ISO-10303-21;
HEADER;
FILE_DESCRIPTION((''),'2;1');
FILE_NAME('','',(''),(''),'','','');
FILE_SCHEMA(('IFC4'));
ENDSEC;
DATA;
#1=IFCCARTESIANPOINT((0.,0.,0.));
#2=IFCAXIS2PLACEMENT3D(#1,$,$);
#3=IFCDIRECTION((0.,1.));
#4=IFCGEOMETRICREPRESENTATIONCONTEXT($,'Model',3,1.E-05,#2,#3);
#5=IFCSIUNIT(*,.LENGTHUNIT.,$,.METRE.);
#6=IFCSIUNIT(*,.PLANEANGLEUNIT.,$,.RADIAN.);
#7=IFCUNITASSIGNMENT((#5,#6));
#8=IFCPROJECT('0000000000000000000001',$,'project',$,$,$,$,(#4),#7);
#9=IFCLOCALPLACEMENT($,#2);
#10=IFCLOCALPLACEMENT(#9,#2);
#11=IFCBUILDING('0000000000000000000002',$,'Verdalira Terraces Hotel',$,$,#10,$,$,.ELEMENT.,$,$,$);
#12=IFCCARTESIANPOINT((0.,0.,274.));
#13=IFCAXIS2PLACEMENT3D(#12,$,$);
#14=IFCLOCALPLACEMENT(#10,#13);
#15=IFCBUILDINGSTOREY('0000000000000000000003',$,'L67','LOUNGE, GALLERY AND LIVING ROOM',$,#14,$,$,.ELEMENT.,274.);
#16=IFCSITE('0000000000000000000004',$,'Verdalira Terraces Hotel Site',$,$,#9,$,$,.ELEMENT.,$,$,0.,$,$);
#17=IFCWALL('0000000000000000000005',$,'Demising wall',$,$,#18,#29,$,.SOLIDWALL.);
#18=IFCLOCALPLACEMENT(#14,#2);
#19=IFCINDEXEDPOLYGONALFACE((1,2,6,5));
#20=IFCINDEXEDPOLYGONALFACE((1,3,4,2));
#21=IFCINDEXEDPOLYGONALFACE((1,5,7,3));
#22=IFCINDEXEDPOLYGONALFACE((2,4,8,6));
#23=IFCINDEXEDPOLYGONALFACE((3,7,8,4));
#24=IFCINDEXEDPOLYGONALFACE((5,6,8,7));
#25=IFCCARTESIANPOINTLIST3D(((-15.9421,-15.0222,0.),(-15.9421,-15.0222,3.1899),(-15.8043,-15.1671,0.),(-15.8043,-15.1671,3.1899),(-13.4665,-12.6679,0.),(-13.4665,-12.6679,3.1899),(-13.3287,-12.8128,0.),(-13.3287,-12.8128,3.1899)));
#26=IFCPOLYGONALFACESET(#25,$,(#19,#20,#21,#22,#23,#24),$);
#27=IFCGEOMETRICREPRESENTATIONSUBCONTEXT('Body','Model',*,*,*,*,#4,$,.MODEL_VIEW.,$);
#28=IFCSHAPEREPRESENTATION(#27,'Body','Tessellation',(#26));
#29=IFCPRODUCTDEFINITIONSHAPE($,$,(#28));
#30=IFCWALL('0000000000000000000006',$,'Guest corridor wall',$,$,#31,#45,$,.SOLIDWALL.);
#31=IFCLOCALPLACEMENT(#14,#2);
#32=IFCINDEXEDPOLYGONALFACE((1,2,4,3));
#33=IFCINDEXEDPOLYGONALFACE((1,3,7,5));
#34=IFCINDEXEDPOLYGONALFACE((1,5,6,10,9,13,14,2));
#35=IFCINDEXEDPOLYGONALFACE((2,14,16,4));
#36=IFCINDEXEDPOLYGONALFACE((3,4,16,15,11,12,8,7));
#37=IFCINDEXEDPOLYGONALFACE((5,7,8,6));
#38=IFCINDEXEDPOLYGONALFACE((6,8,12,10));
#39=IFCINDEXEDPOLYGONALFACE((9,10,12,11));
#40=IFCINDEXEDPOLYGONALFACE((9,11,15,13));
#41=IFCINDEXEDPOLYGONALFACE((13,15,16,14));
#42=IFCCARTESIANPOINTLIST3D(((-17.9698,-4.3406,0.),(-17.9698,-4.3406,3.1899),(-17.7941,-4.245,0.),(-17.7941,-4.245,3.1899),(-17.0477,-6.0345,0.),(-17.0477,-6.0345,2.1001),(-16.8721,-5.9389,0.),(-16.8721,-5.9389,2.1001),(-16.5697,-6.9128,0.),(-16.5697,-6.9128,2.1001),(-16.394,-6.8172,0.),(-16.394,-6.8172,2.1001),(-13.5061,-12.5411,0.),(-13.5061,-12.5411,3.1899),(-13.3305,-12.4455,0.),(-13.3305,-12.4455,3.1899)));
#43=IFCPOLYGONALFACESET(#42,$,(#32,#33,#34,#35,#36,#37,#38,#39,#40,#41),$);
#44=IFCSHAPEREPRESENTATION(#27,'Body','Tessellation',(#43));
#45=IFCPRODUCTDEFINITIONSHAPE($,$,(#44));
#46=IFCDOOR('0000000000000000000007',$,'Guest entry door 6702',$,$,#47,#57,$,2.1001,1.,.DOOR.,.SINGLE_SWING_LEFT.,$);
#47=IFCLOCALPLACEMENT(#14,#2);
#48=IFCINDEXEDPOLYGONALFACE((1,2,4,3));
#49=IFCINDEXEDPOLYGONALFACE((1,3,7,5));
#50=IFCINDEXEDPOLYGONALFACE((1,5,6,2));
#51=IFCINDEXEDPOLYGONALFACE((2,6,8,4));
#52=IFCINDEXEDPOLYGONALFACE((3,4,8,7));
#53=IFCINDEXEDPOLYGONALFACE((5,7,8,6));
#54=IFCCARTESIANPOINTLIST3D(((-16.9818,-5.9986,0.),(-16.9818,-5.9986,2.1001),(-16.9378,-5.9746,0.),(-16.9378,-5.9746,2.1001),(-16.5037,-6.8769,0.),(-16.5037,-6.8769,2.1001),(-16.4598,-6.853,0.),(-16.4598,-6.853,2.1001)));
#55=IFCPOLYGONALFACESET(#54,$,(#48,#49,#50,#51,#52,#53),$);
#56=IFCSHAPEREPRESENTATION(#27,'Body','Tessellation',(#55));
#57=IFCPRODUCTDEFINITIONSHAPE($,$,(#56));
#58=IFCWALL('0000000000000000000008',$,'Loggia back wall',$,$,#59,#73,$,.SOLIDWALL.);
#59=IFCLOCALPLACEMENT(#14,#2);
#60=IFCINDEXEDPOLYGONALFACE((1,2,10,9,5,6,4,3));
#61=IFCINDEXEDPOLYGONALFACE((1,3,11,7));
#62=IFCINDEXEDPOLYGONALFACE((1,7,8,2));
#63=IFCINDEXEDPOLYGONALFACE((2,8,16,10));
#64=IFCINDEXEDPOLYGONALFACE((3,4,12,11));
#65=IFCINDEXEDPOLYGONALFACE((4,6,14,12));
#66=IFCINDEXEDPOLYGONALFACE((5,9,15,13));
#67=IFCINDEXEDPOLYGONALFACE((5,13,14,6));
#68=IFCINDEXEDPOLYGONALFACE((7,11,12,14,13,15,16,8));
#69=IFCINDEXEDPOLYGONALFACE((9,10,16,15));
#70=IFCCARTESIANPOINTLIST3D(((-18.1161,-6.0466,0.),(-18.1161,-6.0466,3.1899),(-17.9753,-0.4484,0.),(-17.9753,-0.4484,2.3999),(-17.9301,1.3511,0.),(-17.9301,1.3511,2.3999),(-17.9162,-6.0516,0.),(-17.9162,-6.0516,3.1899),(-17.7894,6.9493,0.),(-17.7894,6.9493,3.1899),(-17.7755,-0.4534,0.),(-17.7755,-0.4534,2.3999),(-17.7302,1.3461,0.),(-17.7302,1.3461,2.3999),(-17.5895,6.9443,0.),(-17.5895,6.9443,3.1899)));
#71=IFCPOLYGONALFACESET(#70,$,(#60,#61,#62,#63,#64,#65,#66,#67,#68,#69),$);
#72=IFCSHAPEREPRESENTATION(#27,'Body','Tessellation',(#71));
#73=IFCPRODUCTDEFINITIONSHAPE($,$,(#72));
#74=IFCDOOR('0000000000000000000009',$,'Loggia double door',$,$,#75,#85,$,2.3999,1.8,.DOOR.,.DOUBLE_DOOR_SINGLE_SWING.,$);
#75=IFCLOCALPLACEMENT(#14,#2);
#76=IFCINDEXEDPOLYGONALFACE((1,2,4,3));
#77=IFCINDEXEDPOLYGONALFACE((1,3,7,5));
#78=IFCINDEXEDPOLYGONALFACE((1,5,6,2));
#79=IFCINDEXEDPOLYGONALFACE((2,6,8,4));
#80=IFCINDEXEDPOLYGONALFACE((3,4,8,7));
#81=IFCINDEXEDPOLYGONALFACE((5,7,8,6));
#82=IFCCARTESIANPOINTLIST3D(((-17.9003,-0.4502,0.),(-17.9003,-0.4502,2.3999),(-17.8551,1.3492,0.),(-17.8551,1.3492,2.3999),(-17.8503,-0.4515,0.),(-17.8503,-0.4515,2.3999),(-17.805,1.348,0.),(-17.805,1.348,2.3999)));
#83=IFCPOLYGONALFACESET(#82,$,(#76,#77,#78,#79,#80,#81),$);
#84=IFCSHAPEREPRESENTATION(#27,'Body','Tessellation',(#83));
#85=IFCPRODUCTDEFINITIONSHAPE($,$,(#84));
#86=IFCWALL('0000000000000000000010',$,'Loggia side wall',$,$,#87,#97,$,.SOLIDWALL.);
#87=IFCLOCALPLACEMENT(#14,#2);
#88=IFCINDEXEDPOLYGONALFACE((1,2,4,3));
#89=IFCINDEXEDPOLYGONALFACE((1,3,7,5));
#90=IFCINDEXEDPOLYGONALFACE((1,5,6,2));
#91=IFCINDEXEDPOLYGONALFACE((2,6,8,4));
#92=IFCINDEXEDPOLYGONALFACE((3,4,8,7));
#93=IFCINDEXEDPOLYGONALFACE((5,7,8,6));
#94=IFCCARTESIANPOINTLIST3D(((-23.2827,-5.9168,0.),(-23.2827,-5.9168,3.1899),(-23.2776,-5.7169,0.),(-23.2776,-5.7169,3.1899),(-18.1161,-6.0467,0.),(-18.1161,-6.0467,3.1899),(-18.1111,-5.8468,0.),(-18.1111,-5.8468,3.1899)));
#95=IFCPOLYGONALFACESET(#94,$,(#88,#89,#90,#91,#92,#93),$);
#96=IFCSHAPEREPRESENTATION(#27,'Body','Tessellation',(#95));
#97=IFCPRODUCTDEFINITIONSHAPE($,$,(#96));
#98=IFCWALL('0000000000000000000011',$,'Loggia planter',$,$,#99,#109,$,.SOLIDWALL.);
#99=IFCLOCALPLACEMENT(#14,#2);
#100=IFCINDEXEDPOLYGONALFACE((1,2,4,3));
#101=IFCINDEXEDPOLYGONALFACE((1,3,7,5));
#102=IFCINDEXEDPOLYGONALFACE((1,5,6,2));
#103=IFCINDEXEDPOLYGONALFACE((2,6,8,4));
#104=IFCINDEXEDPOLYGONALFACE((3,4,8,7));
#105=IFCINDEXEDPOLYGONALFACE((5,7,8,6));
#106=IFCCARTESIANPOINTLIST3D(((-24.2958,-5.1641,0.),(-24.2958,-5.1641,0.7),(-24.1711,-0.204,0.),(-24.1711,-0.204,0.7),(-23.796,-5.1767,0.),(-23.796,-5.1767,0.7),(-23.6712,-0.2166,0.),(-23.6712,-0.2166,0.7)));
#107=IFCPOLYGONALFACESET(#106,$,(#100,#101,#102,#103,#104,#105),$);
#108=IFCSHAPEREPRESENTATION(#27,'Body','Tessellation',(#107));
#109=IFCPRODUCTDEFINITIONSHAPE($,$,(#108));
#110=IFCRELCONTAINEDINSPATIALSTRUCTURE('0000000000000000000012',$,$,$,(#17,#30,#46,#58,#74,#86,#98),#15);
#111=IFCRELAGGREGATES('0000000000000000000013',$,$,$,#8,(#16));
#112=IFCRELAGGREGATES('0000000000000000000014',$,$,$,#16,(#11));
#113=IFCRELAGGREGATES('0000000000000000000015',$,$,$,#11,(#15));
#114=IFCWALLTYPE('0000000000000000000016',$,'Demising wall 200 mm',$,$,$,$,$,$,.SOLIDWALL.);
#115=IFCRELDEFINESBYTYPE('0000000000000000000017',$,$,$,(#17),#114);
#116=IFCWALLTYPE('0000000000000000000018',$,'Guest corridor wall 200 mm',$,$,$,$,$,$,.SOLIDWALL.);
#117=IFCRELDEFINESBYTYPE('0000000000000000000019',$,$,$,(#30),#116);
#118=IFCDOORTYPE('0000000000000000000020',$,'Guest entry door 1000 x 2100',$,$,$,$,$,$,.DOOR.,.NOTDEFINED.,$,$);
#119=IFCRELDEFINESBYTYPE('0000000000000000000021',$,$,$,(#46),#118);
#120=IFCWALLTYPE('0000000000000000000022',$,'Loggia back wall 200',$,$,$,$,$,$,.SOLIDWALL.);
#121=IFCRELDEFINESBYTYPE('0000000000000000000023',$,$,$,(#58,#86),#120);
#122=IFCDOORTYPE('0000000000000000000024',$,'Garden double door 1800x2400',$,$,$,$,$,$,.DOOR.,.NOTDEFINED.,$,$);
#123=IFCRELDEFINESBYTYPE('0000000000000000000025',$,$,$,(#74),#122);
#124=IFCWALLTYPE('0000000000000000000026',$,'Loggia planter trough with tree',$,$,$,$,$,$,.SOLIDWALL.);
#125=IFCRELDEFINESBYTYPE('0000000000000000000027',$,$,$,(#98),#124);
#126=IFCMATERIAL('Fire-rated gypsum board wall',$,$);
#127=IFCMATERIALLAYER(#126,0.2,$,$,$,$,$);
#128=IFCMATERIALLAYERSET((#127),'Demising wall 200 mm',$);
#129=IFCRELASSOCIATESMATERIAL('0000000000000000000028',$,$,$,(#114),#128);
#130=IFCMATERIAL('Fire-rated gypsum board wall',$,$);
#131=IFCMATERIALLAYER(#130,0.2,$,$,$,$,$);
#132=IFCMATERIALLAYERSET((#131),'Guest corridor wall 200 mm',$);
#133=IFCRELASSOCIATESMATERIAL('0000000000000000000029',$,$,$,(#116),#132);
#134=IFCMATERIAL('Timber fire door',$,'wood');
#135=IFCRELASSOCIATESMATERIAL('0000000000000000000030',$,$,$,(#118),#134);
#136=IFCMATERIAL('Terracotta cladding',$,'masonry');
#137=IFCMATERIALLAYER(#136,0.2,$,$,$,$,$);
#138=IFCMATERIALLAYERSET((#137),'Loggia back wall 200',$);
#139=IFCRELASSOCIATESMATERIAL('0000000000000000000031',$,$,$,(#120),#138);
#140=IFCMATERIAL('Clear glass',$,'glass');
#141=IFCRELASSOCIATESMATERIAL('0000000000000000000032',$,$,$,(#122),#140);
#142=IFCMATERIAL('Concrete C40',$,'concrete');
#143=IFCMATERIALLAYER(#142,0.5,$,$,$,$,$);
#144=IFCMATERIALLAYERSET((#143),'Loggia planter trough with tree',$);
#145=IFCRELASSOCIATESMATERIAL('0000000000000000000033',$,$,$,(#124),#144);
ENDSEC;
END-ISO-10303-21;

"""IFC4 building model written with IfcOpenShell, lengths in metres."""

from ifc_helpers import new_model, si_unit, direction, frame, frame_2d, origin, place, context, subcontext, project, spatial, rectangle, extrude, material, layer, layer_set, type_object, element, fill, save


model = new_model("IFC4")

# Units and contexts
model_context = context("Model", 3, precision=1e-05, world=origin(), true_north=direction((0.0, 1.0)))
body_context = subcontext(model_context, "Body", "Model", "MODEL_VIEW")
ifc_project = project(units=[si_unit("LENGTHUNIT", "METRE"), si_unit("PLANEANGLEUNIT", "RADIAN")], contexts=[model_context])

# Site, building, storey
site_placement = place(None, origin())
site = spatial("IfcSite", under=ifc_project, at=site_placement, Name="Verdalira Terraces Hotel Site", CompositionType="ELEMENT", RefElevation=0.0)
building_placement = place(site_placement, origin())
building = spatial("IfcBuilding", under=site, at=building_placement, Name="Verdalira Terraces Hotel", CompositionType="ELEMENT")
storey_placement = place(building_placement, frame((0.0, 0.0, 274.0)))
storey = spatial("IfcBuildingStorey", under=building, at=storey_placement, Name="L67", Description="LOUNGE, GALLERY AND LIVING ROOM", CompositionType="ELEMENT", Elevation=274.0)

# Wall
ifc_material_1 = material(Name="Fire-rated gypsum board wall")
ifc_layer_1 = layer(ifc_material_1, 0.2)
ifc_layer_set_1 = layer_set([ifc_layer_1], Name="Demising wall 200 mm")
wall_type_1 = type_object("IfcWallType", Name="Demising wall 200 mm", PredefinedType="SOLIDWALL", material=ifc_layer_set_1)
wall_1_placement = place(storey_placement, frame((-13.3977, -12.7405, 0.0), z_axis=(0.0, 0.0, 1.0), x_axis=(-0.724642, -0.689125, 0.0)))
element("IfcWall", 1, at=wall_1_placement, inside=storey, type_object=wall_type_1, Name="Demising wall", PredefinedType="SOLIDWALL", context=body_context, shape_type="SweptSolid", body=[
    extrude(rectangle(XDim=3.4163, YDim=0.2, at=frame_2d((1.708, 0.0))), origin(), (0.0, 0.0, 1.0), 3.1899),
])

# Walls, openings, doors
ifc_material_2 = material(Name="Fire-rated gypsum board wall")
ifc_layer_2 = layer(ifc_material_2, 0.2)
ifc_layer_set_2 = layer_set([ifc_layer_2], Name="Guest corridor wall 200 mm")
wall_type_2 = type_object("IfcWallType", Name="Guest corridor wall 200 mm", PredefinedType="SOLIDWALL", material=ifc_layer_set_2)
wall_2_placement = place(storey_placement, frame((-13.4182, -12.4934, 0.0), z_axis=(0.0, 0.0, 1.0), x_axis=(-0.478081, 0.878316, 0.0)))
wall_2 = element("IfcWall", 2, at=wall_2_placement, inside=storey, type_object=wall_type_2, Name="Guest corridor wall", PredefinedType="SOLIDWALL", context=body_context, shape_type="SweptSolid", body=[
    extrude(rectangle(XDim=9.3367, YDim=0.2, at=frame_2d((4.6685, 0.0))), origin(), (0.0, 0.0, 1.0), 3.1899),
])
opening_1_placement = place(wall_2_placement, frame((6.4082, 0.0, 0.0)))
opening_1 = element("IfcOpeningElement", 3, at=opening_1_placement, cuts=wall_2, PredefinedType="OPENING", context=body_context, shape_type="SweptSolid", body=[
    extrude(rectangle(XDim=1.0, YDim=2.1001, at=frame_2d((0.5, 1.05))), frame((0.0, 0.1099, 0.0), z_axis=(0.0, -1.0, 0.0), x_axis=(1.0, 0.0, 0.0)), (0.0, 0.0, 1.0), 0.22),
])
ifc_material_3 = material(Name="Timber fire door", Category="wood")
door_type_1 = type_object("IfcDoorType", Name="Guest entry door 1000 x 2100", OperationType="NOTDEFINED", PredefinedType="DOOR", material=ifc_material_3)
door_1_placement = place(opening_1_placement, origin())
door_1 = element("IfcDoor", 4, at=door_1_placement, inside=storey, type_object=door_type_1, Name="Guest entry door 6702", OperationType="SINGLE_SWING_LEFT", OverallHeight=2.1001, OverallWidth=1.0, PredefinedType="DOOR", context=body_context, shape_type="SweptSolid", body=[
    extrude(rectangle(XDim=1.0, YDim=2.1001, at=frame_2d((0.5, 1.05))), frame((0.0, 0.0249, 0.0), z_axis=(0.0, -1.0, 0.0), x_axis=(1.0, 0.0, 0.0)), (0.0, 0.0, 1.0), 0.05),
])
fill(opening_1, door_1)
ifc_material_4 = material(Name="Terracotta cladding", Category="masonry")
ifc_layer_3 = layer(ifc_material_4, 0.2)
ifc_layer_set_3 = layer_set([ifc_layer_3], Name="Loggia back wall 200")
wall_type_3 = type_object("IfcWallType", Name="Loggia back wall 200", PredefinedType="SOLIDWALL", material=ifc_layer_set_3)
wall_3_placement = place(storey_placement, frame((-18.0161, -6.0491, 0.0), z_axis=(0.0, 0.0, 1.0), x_axis=(0.025128, 0.999684, 0.0)))
wall_3 = element("IfcWall", 5, at=wall_3_placement, inside=storey, type_object=wall_type_3, Name="Loggia back wall", PredefinedType="SOLIDWALL", context=body_context, shape_type="SweptSolid", body=[
    extrude(rectangle(XDim=13.0, YDim=0.2, at=frame_2d((6.5, 0.0))), origin(), (0.0, 0.0, 1.0), 3.1899),
])
opening_2_placement = place(wall_3_placement, frame((5.6001, 0.0, 0.0)))
opening_2 = element("IfcOpeningElement", 6, at=opening_2_placement, cuts=wall_3, PredefinedType="OPENING", context=body_context, shape_type="SweptSolid", body=[
    extrude(rectangle(XDim=1.8, YDim=2.3999, at=frame_2d((0.8999, 1.2))), frame((0.0, 0.1099, 0.0), z_axis=(0.0, -1.0, 0.0), x_axis=(1.0, 0.0, 0.0)), (0.0, 0.0, 1.0), 0.22),
])
ifc_material_5 = material(Name="Clear glass", Category="glass")
door_type_2 = type_object("IfcDoorType", Name="Garden double door 1800x2400", OperationType="NOTDEFINED", PredefinedType="DOOR", material=ifc_material_5)
door_2_placement = place(opening_2_placement, origin())
door_2 = element("IfcDoor", 7, at=door_2_placement, inside=storey, type_object=door_type_2, Name="Loggia double door", OperationType="DOUBLE_DOOR_SINGLE_SWING", OverallHeight=2.3999, OverallWidth=1.8, PredefinedType="DOOR", context=body_context, shape_type="SweptSolid", body=[
    extrude(rectangle(XDim=1.8, YDim=2.3999, at=frame_2d((0.8999, 1.2))), frame((0.0, 0.0249, 0.0), z_axis=(0.0, -1.0, 0.0), x_axis=(1.0, 0.0, 0.0)), (0.0, 0.0, 1.0), 0.05),
])
fill(opening_2, door_2)

# Walls
wall_4_placement = place(storey_placement, frame((-23.28, -5.8169, 0.0), z_axis=(0.0, 0.0, 1.0), x_axis=(0.999684, -0.025131, 0.0)))
element("IfcWall", 8, at=wall_4_placement, inside=storey, type_object=wall_type_3, Name="Loggia side wall", PredefinedType="SOLIDWALL", context=body_context, shape_type="SweptSolid", body=[
    extrude(rectangle(XDim=5.1682, YDim=0.2, at=frame_2d((2.584, 0.0))), origin(), (0.0, 0.0, 1.0), 3.1899),
])
ifc_material_6 = material(Name="Concrete C40", Category="concrete")
ifc_layer_4 = layer(ifc_material_6, 0.5)
ifc_layer_set_4 = layer_set([ifc_layer_4], Name="Loggia planter trough with tree")
wall_type_4 = type_object("IfcWallType", Name="Loggia planter trough with tree", PredefinedType="SOLIDWALL", material=ifc_layer_set_4)
wall_5_placement = place(storey_placement, frame((-23.9211, -0.2102, 0.0), z_axis=(0.0, 0.0, 1.0), x_axis=(-0.025143, -0.999684, 0.0)))
element("IfcWall", 9, at=wall_5_placement, inside=storey, type_object=wall_type_4, Name="Loggia planter", PredefinedType="SOLIDWALL", context=body_context, shape_type="SweptSolid", body=[
    extrude(rectangle(XDim=4.9617, YDim=0.5, at=frame_2d((2.481, 0.0))), origin(), (0.0, 0.0, 1.0), 0.7),
])

save(model, "model.ifc")
